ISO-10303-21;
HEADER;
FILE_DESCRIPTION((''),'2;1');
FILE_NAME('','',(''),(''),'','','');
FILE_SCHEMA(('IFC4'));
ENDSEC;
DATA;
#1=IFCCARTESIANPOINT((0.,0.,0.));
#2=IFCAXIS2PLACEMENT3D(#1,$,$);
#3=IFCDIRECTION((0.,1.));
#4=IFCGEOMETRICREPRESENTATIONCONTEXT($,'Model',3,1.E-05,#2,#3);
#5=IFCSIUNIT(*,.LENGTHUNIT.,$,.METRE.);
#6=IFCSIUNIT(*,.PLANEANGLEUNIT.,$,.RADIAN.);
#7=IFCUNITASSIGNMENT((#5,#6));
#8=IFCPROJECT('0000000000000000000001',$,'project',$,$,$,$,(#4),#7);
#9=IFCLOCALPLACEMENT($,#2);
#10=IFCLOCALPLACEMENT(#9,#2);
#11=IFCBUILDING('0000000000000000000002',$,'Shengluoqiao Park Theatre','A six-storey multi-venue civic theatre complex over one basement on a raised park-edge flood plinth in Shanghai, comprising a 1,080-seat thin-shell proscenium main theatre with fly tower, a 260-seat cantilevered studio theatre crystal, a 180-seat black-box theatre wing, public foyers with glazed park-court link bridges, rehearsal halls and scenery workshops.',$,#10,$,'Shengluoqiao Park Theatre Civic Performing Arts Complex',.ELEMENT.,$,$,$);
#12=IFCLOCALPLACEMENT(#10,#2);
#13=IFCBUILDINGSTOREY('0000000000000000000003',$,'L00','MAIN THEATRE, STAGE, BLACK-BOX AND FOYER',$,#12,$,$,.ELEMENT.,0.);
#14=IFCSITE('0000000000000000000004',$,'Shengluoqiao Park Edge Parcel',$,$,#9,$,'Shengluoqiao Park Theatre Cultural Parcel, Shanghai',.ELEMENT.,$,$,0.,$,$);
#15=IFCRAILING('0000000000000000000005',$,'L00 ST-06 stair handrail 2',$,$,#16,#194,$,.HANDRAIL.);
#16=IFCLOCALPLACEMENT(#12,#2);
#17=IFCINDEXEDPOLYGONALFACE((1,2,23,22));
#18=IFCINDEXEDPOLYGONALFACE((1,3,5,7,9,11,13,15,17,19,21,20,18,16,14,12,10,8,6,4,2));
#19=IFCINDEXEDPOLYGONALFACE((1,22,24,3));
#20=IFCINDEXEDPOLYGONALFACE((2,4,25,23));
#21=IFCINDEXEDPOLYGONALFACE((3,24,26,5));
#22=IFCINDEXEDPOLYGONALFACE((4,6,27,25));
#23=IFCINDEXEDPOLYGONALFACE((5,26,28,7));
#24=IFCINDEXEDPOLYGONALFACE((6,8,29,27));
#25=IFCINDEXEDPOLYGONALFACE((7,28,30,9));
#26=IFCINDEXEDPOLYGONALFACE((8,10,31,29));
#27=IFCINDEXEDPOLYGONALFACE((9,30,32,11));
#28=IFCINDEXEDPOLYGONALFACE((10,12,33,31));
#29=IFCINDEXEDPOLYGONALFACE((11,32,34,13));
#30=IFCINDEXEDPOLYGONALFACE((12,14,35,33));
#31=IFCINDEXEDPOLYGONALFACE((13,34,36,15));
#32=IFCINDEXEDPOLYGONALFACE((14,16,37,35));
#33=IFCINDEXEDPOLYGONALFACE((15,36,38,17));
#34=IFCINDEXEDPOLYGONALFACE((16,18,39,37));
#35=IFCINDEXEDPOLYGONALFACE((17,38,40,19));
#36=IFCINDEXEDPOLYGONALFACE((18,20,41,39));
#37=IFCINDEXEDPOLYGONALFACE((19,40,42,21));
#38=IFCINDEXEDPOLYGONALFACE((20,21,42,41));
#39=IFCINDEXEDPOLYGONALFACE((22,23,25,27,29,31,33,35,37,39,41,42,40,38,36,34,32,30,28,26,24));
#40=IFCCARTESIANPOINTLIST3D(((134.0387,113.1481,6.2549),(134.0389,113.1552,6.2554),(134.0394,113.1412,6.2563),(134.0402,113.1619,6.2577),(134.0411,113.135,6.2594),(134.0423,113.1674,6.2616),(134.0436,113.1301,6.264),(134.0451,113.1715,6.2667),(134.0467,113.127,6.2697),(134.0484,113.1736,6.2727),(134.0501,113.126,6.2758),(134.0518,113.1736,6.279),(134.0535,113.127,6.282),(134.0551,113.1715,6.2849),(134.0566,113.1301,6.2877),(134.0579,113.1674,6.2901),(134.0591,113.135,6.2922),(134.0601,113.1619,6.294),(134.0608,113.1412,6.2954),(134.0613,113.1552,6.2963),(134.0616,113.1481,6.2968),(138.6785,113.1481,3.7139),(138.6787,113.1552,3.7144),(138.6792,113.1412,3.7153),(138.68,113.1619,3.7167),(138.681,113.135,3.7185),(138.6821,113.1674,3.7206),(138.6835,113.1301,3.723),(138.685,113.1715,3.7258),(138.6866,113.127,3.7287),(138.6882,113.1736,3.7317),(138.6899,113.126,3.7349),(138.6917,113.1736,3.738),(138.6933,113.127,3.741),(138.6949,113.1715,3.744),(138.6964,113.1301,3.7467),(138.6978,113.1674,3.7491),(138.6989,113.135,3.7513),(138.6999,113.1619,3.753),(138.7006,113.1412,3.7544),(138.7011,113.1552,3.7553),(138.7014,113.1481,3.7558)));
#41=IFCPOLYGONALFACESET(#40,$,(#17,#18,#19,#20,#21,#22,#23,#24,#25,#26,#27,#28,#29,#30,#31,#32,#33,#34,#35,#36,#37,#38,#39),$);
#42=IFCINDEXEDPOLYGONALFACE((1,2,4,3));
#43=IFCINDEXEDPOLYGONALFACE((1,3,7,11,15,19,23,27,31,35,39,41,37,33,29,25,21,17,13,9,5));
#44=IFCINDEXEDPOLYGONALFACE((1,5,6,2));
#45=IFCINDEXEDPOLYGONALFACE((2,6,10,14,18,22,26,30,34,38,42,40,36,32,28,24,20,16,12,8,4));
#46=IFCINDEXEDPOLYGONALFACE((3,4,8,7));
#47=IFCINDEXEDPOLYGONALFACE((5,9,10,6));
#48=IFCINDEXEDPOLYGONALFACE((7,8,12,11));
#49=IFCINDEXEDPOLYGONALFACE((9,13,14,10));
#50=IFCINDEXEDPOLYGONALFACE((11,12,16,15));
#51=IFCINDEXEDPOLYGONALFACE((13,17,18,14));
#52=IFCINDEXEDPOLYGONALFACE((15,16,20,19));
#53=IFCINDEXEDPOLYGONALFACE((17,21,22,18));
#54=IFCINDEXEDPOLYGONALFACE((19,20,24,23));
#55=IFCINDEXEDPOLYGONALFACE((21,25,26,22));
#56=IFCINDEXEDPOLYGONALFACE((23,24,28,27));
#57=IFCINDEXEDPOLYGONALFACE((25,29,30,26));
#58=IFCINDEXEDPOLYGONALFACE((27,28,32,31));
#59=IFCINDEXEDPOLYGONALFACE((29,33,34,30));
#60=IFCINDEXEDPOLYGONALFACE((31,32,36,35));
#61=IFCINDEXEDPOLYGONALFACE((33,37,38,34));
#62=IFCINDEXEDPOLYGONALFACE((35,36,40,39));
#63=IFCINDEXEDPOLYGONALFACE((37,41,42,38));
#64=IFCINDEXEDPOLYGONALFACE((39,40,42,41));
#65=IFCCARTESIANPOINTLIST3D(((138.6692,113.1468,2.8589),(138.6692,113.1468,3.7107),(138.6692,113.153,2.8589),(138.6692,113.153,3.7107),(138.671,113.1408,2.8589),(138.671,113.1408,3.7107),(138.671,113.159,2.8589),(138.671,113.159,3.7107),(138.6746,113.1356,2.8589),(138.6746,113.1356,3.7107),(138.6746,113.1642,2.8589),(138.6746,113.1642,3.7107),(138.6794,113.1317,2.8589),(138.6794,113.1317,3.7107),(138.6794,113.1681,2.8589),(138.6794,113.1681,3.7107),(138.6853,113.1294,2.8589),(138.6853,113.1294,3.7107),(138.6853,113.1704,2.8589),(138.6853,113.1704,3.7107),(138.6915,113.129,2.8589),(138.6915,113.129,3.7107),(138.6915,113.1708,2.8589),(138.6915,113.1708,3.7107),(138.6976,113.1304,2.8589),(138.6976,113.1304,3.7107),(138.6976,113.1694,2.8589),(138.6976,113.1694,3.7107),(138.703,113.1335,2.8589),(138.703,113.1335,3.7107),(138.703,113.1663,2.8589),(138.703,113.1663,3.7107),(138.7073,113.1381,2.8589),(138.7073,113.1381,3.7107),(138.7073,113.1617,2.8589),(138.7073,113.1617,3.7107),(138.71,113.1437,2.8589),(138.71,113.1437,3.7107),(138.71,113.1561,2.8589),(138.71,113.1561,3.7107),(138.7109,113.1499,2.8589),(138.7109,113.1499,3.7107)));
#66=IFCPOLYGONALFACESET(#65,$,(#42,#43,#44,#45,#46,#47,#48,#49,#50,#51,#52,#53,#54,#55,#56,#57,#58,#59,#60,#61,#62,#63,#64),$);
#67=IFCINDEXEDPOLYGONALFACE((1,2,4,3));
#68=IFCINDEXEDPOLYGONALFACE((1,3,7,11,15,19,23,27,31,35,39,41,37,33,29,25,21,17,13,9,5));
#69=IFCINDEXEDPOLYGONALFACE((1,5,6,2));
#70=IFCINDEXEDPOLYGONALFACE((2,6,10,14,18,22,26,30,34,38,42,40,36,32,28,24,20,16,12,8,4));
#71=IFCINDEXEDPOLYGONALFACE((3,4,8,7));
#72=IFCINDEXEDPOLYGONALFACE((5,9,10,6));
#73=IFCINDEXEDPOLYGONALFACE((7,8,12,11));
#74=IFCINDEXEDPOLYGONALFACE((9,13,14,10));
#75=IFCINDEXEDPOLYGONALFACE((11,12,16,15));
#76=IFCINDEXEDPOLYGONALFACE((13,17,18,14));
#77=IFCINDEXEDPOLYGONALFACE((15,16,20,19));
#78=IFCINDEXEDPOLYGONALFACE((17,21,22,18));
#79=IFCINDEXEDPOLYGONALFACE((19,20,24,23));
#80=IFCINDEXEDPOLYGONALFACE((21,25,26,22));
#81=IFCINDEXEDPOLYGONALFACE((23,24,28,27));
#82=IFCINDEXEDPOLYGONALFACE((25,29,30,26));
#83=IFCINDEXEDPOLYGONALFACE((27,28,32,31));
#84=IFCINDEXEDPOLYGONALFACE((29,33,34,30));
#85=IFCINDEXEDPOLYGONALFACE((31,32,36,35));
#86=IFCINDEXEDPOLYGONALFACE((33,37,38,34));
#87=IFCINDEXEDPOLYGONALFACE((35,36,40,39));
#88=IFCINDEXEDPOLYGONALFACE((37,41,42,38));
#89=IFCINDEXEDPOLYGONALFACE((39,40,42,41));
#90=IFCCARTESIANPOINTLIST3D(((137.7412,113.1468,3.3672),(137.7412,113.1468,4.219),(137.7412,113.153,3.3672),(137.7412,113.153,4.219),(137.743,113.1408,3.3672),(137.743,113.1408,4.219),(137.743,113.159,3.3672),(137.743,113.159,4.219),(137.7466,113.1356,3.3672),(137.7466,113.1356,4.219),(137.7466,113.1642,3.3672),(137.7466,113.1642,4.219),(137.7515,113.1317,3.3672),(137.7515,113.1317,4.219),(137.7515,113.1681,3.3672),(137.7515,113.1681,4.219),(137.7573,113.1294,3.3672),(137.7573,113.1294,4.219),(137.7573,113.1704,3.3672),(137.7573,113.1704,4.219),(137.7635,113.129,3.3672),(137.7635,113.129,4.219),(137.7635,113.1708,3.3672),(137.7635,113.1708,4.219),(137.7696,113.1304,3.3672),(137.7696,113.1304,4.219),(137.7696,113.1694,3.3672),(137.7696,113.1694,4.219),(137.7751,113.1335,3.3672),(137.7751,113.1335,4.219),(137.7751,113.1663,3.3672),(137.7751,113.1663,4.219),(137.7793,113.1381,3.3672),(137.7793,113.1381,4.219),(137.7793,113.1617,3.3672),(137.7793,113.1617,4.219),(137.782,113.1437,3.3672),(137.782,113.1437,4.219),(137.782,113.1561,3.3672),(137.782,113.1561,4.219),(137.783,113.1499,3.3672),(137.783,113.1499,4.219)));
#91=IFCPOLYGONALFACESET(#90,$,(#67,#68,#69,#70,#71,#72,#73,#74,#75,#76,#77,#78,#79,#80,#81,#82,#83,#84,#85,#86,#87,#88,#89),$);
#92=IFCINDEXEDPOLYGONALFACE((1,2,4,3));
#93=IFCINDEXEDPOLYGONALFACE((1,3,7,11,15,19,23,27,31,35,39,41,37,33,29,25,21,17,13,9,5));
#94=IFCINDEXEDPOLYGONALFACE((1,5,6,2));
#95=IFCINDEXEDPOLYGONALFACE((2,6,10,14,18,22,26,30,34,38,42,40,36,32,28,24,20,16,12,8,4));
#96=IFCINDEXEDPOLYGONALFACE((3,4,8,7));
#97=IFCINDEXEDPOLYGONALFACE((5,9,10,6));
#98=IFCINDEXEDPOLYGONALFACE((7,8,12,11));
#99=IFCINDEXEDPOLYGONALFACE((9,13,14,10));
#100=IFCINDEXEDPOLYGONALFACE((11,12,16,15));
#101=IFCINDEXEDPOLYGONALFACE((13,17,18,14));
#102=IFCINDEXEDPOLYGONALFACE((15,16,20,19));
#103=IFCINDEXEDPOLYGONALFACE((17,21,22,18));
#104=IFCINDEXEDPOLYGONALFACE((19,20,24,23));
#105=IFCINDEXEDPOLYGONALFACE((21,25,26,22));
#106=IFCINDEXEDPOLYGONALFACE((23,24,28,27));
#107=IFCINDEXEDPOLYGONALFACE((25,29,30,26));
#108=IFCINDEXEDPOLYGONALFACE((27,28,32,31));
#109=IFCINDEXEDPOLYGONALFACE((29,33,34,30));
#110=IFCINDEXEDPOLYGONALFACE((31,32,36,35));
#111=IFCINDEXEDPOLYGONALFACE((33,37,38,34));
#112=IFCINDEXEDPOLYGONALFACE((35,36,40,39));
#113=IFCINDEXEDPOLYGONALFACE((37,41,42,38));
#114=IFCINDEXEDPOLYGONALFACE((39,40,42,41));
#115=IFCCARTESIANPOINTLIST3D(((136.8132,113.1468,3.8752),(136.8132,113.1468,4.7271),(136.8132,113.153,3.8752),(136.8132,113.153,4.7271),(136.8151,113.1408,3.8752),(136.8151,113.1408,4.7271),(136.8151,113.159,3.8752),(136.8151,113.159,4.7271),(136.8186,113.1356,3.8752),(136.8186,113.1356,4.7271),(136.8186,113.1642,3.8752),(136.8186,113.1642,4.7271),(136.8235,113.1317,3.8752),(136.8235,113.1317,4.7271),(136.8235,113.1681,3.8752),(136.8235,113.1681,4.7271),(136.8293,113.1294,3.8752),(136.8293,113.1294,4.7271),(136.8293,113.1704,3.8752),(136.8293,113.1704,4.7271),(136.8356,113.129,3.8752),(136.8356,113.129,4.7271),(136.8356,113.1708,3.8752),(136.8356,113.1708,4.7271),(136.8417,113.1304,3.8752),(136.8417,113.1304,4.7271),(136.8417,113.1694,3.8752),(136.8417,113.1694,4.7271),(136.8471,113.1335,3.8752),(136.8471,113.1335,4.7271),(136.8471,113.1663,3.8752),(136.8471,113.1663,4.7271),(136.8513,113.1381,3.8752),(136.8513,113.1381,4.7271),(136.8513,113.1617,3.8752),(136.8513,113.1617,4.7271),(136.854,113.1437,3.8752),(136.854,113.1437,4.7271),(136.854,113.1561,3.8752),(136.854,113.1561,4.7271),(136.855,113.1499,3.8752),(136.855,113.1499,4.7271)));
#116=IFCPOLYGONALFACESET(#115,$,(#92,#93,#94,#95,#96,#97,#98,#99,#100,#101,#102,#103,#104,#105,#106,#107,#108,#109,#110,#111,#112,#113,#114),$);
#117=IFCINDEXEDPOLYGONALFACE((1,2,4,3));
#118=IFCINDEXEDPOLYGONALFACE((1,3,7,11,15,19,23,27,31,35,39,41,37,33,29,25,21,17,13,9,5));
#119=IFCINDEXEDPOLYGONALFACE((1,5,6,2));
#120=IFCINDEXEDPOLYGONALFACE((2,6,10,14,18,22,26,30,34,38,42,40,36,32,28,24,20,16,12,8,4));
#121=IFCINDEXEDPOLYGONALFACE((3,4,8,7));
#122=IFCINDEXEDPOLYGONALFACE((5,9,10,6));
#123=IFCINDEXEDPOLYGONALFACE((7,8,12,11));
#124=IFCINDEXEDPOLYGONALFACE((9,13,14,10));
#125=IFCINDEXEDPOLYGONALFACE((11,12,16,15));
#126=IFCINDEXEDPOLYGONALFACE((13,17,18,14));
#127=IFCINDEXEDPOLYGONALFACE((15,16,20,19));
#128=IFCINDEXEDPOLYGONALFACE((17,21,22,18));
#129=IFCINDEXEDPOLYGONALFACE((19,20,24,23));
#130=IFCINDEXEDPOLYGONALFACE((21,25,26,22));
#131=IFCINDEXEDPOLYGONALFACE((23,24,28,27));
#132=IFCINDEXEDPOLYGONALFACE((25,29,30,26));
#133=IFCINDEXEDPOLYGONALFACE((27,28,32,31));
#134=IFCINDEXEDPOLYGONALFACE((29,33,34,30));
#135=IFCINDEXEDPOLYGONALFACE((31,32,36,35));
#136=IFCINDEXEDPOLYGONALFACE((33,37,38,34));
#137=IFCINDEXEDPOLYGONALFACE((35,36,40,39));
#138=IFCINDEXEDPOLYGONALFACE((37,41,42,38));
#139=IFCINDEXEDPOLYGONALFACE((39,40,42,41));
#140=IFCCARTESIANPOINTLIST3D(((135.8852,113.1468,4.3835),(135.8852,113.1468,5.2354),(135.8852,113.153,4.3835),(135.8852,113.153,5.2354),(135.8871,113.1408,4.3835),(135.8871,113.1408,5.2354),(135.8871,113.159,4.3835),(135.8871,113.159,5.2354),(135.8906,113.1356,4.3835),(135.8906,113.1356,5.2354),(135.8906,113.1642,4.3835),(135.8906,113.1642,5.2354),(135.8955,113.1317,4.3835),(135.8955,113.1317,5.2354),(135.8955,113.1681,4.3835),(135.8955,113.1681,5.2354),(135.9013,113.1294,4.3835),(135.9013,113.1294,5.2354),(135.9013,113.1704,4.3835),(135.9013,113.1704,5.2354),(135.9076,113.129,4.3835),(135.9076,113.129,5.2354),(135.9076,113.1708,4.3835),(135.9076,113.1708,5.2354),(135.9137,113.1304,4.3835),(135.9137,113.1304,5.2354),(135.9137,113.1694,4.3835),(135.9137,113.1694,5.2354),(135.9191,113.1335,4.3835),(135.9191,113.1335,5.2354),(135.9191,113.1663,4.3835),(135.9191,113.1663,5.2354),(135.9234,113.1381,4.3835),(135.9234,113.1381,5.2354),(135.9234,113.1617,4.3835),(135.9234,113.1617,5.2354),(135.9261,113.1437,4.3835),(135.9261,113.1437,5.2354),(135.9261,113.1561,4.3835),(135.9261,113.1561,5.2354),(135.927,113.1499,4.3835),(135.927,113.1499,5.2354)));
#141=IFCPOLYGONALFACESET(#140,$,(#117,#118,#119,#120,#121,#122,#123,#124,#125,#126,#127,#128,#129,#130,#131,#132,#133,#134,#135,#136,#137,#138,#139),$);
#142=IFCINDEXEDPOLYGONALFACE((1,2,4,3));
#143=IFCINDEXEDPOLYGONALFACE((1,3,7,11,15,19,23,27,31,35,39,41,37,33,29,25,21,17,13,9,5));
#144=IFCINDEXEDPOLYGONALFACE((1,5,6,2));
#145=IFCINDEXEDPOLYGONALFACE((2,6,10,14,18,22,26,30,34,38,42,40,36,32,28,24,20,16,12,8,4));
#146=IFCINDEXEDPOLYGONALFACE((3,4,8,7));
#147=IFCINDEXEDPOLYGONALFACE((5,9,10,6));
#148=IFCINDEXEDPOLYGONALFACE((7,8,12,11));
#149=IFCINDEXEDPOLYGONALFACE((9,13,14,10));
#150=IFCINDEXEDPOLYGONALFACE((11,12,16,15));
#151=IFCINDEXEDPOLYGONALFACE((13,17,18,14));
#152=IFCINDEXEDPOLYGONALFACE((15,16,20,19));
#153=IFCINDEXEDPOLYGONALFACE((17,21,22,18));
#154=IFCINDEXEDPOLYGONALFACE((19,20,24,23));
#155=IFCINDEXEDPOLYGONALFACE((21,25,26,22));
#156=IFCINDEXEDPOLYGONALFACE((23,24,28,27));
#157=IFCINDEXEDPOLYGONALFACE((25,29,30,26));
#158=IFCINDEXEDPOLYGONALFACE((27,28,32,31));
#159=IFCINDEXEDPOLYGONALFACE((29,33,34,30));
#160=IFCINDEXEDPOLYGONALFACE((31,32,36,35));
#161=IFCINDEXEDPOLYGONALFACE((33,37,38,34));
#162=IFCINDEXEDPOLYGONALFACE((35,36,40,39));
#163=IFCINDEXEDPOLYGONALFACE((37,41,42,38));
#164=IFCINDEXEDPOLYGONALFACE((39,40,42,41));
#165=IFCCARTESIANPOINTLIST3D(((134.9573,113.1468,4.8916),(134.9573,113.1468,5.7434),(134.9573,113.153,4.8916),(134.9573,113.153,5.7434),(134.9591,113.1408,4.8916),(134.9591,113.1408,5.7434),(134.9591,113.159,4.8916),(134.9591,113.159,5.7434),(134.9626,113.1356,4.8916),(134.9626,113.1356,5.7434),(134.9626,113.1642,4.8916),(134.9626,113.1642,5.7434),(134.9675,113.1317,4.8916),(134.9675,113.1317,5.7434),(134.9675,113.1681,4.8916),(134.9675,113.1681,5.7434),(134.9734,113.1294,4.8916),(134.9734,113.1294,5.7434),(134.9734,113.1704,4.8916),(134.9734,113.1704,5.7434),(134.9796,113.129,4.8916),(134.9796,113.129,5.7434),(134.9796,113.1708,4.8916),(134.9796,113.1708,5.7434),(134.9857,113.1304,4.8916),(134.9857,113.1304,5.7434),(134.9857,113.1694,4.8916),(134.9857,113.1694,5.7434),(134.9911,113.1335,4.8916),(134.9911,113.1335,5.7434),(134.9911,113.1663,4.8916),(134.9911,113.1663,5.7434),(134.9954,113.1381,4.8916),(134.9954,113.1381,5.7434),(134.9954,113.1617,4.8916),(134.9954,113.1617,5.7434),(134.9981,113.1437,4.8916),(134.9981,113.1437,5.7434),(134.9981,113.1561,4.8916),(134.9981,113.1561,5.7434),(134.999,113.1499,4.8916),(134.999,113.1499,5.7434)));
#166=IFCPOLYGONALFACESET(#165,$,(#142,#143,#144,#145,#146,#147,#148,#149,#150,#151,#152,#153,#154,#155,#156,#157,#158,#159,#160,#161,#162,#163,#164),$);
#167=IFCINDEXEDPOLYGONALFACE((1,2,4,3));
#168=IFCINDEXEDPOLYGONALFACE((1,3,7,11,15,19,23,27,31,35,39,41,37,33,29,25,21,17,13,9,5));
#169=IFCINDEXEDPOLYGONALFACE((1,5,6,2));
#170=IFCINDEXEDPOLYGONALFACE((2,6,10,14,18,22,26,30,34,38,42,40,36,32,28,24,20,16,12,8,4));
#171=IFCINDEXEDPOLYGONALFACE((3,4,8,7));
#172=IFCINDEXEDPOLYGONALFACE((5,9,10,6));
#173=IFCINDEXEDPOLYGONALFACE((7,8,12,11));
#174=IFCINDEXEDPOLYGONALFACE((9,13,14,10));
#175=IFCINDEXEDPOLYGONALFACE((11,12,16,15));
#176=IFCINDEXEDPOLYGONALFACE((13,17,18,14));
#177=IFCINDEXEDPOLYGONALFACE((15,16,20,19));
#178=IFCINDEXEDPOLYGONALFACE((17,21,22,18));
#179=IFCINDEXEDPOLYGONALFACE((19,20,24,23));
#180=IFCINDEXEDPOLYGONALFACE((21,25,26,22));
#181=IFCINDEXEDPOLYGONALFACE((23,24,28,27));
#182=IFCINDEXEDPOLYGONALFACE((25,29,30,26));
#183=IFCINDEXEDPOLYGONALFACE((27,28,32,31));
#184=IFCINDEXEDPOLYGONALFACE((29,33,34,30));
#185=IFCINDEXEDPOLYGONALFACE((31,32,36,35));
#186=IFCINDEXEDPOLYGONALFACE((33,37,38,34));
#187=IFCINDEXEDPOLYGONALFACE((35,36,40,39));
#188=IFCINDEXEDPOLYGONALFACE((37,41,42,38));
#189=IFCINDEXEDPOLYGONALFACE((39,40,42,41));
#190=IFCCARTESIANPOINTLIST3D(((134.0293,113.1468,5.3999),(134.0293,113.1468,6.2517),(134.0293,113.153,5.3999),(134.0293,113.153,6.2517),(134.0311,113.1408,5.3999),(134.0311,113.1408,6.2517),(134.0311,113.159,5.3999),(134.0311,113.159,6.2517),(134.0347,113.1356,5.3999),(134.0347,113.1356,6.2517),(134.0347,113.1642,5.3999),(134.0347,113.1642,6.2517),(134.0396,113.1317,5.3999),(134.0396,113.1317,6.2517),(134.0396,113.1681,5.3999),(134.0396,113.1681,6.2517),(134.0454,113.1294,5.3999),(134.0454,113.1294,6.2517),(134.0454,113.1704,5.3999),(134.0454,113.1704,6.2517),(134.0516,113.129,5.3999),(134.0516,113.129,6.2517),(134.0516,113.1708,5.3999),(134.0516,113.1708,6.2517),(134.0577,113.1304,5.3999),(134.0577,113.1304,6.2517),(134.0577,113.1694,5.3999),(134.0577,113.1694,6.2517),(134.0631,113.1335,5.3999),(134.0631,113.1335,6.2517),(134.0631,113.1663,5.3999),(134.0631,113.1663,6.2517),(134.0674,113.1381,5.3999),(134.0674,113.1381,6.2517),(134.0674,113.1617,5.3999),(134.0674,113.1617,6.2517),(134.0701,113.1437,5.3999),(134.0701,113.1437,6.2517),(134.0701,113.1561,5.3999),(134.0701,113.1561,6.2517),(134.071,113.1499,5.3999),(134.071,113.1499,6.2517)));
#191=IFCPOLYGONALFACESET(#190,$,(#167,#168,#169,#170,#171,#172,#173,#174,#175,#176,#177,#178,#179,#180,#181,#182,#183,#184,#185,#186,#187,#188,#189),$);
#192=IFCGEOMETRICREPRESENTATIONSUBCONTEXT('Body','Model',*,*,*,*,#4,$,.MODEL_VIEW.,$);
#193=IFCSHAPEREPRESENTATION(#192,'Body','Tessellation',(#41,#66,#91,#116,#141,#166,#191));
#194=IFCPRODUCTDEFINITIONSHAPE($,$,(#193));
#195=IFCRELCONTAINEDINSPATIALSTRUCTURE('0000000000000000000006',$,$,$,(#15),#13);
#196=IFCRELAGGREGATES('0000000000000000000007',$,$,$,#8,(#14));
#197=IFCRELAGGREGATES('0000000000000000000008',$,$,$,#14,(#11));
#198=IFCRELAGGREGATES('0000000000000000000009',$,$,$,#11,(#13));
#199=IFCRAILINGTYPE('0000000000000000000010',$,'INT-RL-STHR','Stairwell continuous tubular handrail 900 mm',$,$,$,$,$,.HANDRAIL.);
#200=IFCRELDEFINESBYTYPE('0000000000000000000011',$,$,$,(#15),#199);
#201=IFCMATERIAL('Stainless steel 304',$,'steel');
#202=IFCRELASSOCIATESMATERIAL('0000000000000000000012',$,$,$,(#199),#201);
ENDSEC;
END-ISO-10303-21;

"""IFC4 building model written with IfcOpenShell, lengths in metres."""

from ifc_helpers import new_model, si_unit, direction, frame, origin, origin_2d, place, context, subcontext, project, spatial, circle, extrude, material, type_object, element, save


model = new_model("IFC4")

# Units and contexts
model_context = context("Model", 3, precision=1e-05, world=origin(), true_north=direction((0.0, 1.0)))
body_context = subcontext(model_context, "Body", "Model", "MODEL_VIEW")
ifc_project = project(units=[si_unit("LENGTHUNIT", "METRE"), si_unit("PLANEANGLEUNIT", "RADIAN")], contexts=[model_context])

# Site, building, storey
site_placement = place(None, origin())
site = spatial("IfcSite", under=ifc_project, at=site_placement, Name="Shengluoqiao Park Edge Parcel", LongName="Shengluoqiao Park Theatre Cultural Parcel, Shanghai", CompositionType="ELEMENT", RefElevation=0.0)
building_placement = place(site_placement, origin())
building = spatial("IfcBuilding", under=site, at=building_placement, Name="Shengluoqiao Park Theatre", Description="A six-storey multi-venue civic theatre complex over one basement on a raised park-edge flood plinth in Shanghai, comprising a 1,080-seat thin-shell proscenium main theatre with fly tower, a 260-seat cantilevered studio theatre crystal, a 180-seat black-box theatre wing, public foyers with glazed park-court link bridges, rehearsal halls and scenery workshops.", LongName="Shengluoqiao Park Theatre Civic Performing Arts Complex", CompositionType="ELEMENT")
storey_placement = place(building_placement, origin())
storey = spatial("IfcBuildingStorey", under=building, at=storey_placement, Name="L00", Description="MAIN THEATRE, STAGE, BLACK-BOX AND FOYER", CompositionType="ELEMENT", Elevation=0.0)

# Railing
ifc_material_1 = material(Name="Stainless steel 304", Category="steel")
railing_type_1 = type_object("IfcRailingType", Name="INT-RL-STHR", Description="Stairwell continuous tubular handrail 900 mm", PredefinedType="HANDRAIL", material=ifc_material_1)
railing_1_placement = place(storey_placement, frame((138.6899, 113.1499, 2.8589)))
element("IfcRailing", 1, at=railing_1_placement, inside=storey, type_object=railing_type_1, Name="L00 ST-06 stair handrail 2", PredefinedType="HANDRAIL", context=body_context, shape_type="SweptSolid", body=[
    extrude(circle(Radius=0.0239, at=origin_2d()), frame((0.0, 0.0, 0.876), z_axis=(-0.877087, 0.0, 0.480332), x_axis=(0.0, -1.0, 0.0)), (0.0, 0.0, 1.0), 5.29),
    extrude(circle(Radius=0.021, at=origin_2d()), origin(), (0.0, 0.0, 1.0), 0.8518),
    extrude(circle(Radius=0.021, at=origin_2d()), frame((-0.928, 0.0, 0.5083)), (0.0, 0.0, 1.0), 0.8518),
    extrude(circle(Radius=0.021, at=origin_2d()), frame((-1.856, 0.0, 1.0164)), (0.0, 0.0, 1.0), 0.8518),
    extrude(circle(Radius=0.021, at=origin_2d()), frame((-2.7839, 0.0, 1.5247)), (0.0, 0.0, 1.0), 0.8518),
    extrude(circle(Radius=0.021, at=origin_2d()), frame((-3.7119, 0.0, 2.0327)), (0.0, 0.0, 1.0), 0.8518),
    extrude(circle(Radius=0.021, at=origin_2d()), frame((-4.6399, 0.0, 2.541)), (0.0, 0.0, 1.0), 0.8518),
])

save(model, "model.ifc")
